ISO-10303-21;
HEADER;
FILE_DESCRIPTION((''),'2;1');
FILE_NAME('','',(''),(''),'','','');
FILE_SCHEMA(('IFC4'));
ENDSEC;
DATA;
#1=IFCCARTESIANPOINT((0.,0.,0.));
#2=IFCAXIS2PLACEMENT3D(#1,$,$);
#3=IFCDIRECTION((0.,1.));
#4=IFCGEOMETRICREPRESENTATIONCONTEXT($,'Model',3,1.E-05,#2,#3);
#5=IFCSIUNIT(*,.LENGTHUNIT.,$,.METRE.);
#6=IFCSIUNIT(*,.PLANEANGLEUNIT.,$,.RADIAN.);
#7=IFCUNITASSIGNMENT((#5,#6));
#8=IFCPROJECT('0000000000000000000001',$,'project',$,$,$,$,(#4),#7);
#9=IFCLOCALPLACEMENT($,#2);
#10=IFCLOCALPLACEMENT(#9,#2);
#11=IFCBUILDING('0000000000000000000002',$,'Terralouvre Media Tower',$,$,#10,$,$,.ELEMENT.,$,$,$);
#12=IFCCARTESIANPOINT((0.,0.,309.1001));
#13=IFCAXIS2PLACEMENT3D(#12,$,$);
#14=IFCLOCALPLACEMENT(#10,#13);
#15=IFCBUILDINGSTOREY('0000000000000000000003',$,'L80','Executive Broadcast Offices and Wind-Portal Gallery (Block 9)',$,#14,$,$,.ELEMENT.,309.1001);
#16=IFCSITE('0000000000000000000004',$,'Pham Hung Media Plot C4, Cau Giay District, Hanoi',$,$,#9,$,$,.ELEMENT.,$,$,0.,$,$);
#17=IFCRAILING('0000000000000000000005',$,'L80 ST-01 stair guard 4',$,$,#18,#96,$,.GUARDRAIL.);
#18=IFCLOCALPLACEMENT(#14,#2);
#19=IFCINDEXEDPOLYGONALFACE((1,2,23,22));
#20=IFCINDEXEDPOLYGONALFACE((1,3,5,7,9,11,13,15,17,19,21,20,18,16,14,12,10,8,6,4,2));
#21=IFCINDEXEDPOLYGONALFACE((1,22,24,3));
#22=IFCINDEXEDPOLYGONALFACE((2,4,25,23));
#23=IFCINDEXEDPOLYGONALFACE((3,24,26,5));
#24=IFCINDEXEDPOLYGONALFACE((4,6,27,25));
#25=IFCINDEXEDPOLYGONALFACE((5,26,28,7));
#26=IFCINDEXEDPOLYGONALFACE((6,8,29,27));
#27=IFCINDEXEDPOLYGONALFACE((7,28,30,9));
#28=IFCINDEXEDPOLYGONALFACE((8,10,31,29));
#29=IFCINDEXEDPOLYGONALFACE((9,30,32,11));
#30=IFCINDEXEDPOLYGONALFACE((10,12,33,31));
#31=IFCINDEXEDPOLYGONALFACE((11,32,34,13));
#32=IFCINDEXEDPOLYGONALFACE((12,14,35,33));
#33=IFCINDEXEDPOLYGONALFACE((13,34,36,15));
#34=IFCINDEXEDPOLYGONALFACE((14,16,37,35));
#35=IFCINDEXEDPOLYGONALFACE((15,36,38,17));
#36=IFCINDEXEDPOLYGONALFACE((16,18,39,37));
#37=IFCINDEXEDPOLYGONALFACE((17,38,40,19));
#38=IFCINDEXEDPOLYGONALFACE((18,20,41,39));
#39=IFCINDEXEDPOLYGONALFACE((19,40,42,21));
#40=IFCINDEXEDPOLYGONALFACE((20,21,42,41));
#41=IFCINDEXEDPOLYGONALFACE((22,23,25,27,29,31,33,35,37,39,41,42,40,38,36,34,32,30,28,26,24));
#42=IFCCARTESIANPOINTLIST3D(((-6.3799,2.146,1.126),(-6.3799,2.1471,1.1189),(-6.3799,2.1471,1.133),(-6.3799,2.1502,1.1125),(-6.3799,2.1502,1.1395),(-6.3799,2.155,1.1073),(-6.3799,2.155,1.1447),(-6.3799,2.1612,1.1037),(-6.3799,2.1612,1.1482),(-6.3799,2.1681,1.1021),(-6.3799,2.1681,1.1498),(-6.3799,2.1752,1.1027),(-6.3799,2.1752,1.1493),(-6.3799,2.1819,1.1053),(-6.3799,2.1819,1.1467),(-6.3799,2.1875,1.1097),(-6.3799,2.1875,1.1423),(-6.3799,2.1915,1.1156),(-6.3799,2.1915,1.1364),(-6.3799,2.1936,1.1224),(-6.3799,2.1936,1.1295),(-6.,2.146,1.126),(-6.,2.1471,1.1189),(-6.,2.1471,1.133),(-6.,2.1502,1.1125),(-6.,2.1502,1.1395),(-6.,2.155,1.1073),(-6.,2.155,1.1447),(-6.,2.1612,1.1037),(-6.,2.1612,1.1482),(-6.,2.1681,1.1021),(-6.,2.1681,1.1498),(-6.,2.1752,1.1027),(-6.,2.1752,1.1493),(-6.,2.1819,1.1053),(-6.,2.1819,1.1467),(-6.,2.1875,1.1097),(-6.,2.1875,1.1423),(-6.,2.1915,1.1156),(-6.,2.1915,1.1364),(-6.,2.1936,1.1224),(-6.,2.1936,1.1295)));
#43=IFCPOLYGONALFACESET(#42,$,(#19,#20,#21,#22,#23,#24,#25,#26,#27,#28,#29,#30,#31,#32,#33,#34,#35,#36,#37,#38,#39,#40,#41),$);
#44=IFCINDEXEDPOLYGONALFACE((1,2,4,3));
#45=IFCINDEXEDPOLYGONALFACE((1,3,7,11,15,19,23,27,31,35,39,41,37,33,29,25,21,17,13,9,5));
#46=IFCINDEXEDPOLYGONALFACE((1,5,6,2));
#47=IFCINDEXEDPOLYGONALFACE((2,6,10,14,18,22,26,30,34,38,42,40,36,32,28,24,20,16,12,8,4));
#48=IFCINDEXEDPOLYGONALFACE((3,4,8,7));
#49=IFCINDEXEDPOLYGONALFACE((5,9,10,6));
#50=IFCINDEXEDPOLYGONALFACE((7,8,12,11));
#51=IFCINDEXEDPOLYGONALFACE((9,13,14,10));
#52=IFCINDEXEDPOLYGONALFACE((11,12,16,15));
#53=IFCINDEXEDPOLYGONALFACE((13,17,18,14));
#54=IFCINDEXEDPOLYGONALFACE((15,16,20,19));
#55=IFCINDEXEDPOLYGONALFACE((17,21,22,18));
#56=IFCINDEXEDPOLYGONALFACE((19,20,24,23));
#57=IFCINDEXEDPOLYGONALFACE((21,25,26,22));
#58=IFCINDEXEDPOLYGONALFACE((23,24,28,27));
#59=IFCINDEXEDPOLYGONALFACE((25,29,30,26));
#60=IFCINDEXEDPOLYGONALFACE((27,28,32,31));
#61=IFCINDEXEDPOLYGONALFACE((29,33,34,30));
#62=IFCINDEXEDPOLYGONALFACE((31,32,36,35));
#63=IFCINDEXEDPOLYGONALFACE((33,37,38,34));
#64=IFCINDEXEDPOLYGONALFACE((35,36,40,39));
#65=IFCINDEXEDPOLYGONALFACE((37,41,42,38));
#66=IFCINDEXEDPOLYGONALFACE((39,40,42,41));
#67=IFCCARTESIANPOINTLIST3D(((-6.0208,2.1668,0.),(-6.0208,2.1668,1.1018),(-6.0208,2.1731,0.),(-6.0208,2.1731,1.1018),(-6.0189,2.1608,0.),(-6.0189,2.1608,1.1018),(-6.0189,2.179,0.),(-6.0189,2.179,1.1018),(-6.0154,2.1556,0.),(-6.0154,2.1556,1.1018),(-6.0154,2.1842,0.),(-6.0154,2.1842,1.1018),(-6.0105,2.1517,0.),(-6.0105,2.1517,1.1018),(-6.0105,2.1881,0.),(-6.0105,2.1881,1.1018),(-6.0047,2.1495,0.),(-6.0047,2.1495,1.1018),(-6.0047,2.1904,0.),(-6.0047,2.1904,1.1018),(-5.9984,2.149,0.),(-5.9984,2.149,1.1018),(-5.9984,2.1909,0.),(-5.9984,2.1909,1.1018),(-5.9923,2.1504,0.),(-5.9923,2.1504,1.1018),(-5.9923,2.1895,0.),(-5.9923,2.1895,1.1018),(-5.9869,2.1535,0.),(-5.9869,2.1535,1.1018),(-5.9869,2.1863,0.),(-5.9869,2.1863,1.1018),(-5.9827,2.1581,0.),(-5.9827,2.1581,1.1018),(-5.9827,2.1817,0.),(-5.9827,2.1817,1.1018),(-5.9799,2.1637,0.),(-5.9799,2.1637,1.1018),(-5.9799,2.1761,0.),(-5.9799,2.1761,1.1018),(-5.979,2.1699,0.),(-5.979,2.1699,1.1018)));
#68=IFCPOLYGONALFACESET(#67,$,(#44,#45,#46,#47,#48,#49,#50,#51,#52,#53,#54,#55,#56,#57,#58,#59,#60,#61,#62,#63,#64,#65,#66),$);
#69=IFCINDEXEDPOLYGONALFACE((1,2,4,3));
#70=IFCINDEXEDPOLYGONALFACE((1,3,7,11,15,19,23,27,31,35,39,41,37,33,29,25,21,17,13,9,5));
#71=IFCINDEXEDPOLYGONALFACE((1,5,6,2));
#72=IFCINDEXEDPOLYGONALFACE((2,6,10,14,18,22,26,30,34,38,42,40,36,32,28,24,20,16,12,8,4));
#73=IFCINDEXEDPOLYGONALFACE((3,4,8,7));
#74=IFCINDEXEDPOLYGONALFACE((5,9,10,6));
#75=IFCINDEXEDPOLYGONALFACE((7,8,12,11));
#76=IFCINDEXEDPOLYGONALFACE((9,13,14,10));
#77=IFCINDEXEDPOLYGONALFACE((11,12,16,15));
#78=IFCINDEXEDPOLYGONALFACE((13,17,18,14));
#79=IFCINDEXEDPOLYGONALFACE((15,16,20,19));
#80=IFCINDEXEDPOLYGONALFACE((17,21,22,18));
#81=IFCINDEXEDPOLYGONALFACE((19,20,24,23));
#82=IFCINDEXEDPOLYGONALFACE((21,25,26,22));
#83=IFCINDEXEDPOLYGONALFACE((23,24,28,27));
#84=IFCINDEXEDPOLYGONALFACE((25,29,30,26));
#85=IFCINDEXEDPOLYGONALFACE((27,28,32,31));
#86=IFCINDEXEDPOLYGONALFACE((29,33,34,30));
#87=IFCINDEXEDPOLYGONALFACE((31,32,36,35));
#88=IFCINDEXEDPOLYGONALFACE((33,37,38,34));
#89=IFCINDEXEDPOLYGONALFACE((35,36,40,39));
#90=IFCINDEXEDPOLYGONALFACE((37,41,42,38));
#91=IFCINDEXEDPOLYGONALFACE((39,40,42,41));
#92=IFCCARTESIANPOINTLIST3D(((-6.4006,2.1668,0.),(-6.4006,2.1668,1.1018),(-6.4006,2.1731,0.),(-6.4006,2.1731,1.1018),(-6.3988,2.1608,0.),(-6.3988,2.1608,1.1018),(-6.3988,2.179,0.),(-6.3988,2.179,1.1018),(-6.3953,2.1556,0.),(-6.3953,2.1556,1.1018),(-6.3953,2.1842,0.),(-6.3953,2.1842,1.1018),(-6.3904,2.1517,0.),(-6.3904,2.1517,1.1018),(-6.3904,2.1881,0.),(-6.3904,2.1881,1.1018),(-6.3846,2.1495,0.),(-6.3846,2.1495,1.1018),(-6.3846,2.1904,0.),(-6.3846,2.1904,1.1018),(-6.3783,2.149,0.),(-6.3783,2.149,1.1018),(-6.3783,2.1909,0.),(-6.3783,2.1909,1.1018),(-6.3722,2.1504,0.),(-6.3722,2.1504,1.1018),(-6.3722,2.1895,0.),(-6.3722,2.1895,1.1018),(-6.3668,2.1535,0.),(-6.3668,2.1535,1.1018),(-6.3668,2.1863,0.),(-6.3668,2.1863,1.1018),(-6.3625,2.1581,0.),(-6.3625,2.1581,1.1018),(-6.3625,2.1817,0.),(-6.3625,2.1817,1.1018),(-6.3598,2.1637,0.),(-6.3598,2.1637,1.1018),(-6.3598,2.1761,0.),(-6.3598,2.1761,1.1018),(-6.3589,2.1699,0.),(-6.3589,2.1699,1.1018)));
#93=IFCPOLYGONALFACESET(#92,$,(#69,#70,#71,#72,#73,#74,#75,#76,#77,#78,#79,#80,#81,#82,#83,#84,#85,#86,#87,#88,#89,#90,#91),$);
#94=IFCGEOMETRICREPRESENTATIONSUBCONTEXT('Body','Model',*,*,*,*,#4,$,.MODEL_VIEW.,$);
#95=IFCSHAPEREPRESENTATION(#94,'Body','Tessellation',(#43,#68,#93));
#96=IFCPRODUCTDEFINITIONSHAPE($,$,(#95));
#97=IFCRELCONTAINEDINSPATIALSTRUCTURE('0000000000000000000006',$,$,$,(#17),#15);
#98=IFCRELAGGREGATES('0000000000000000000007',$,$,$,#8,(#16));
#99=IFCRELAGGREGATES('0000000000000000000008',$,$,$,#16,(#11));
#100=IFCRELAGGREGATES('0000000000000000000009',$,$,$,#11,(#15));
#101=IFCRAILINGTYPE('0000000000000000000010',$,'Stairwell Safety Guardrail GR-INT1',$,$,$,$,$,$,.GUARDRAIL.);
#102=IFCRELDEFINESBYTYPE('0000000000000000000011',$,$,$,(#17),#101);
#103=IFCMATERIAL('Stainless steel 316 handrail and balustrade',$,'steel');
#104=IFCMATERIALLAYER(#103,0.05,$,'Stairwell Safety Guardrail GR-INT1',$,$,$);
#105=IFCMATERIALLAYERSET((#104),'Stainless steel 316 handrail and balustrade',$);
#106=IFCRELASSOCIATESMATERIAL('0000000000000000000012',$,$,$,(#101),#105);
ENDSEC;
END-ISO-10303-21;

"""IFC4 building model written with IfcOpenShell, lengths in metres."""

from ifc_helpers import new_model, si_unit, direction, frame, origin, origin_2d, place, context, subcontext, project, spatial, circle, extrude, material, layer, layer_set, type_object, element, save


model = new_model("IFC4")

# Units and contexts
model_context = context("Model", 3, precision=1e-05, world=origin(), true_north=direction((0.0, 1.0)))
body_context = subcontext(model_context, "Body", "Model", "MODEL_VIEW")
ifc_project = project(units=[si_unit("LENGTHUNIT", "METRE"), si_unit("PLANEANGLEUNIT", "RADIAN")], contexts=[model_context])

# Site, building, storey
site_placement = place(None, origin())
site = spatial("IfcSite", under=ifc_project, at=site_placement, Name="Pham Hung Media Plot C4, Cau Giay District, Hanoi", CompositionType="ELEMENT", RefElevation=0.0)
building_placement = place(site_placement, origin())
building = spatial("IfcBuilding", under=site, at=building_placement, Name="Terralouvre Media Tower", CompositionType="ELEMENT")
storey_placement = place(building_placement, frame((0.0, 0.0, 309.1001)))
storey = spatial("IfcBuildingStorey", under=building, at=storey_placement, Name="L80", Description="Executive Broadcast Offices and Wind-Portal Gallery (Block 9)", CompositionType="ELEMENT", Elevation=309.1001)

# Railing
ifc_material_1 = material(Name="Stainless steel 316 handrail and balustrade", Category="steel")
ifc_layer_1 = layer(ifc_material_1, 0.05, Name="Stairwell Safety Guardrail GR-INT1")
ifc_layer_set_1 = layer_set([ifc_layer_1], Name="Stainless steel 316 handrail and balustrade")
railing_type_1 = type_object("IfcRailingType", Name="Stairwell Safety Guardrail GR-INT1", PredefinedType="GUARDRAIL", material=ifc_layer_set_1)
railing_1_placement = place(storey_placement, frame((-6.0, 2.1699, 0.0)))
element("IfcRailing", 1, at=railing_1_placement, inside=storey, type_object=railing_type_1, Name="L80 ST-01 stair guard 4", PredefinedType="GUARDRAIL", context=body_context, shape_type="SweptSolid", body=[
    extrude(circle(Radius=0.0239, at=origin_2d()), frame((0.0, 0.0, 1.126), z_axis=(-1.0, 0.0, 0.0), x_axis=(0.0, -1.0, 0.0)), (0.0, 0.0, 1.0), 0.3799),
    extrude(circle(Radius=0.021, at=origin_2d()), origin(), (0.0, 0.0, 1.0), 1.1018),
    extrude(circle(Radius=0.021, at=origin_2d()), frame((-0.3799, 0.0, 0.0)), (0.0, 0.0, 1.0), 1.1018),
])

save(model, "model.ifc")
